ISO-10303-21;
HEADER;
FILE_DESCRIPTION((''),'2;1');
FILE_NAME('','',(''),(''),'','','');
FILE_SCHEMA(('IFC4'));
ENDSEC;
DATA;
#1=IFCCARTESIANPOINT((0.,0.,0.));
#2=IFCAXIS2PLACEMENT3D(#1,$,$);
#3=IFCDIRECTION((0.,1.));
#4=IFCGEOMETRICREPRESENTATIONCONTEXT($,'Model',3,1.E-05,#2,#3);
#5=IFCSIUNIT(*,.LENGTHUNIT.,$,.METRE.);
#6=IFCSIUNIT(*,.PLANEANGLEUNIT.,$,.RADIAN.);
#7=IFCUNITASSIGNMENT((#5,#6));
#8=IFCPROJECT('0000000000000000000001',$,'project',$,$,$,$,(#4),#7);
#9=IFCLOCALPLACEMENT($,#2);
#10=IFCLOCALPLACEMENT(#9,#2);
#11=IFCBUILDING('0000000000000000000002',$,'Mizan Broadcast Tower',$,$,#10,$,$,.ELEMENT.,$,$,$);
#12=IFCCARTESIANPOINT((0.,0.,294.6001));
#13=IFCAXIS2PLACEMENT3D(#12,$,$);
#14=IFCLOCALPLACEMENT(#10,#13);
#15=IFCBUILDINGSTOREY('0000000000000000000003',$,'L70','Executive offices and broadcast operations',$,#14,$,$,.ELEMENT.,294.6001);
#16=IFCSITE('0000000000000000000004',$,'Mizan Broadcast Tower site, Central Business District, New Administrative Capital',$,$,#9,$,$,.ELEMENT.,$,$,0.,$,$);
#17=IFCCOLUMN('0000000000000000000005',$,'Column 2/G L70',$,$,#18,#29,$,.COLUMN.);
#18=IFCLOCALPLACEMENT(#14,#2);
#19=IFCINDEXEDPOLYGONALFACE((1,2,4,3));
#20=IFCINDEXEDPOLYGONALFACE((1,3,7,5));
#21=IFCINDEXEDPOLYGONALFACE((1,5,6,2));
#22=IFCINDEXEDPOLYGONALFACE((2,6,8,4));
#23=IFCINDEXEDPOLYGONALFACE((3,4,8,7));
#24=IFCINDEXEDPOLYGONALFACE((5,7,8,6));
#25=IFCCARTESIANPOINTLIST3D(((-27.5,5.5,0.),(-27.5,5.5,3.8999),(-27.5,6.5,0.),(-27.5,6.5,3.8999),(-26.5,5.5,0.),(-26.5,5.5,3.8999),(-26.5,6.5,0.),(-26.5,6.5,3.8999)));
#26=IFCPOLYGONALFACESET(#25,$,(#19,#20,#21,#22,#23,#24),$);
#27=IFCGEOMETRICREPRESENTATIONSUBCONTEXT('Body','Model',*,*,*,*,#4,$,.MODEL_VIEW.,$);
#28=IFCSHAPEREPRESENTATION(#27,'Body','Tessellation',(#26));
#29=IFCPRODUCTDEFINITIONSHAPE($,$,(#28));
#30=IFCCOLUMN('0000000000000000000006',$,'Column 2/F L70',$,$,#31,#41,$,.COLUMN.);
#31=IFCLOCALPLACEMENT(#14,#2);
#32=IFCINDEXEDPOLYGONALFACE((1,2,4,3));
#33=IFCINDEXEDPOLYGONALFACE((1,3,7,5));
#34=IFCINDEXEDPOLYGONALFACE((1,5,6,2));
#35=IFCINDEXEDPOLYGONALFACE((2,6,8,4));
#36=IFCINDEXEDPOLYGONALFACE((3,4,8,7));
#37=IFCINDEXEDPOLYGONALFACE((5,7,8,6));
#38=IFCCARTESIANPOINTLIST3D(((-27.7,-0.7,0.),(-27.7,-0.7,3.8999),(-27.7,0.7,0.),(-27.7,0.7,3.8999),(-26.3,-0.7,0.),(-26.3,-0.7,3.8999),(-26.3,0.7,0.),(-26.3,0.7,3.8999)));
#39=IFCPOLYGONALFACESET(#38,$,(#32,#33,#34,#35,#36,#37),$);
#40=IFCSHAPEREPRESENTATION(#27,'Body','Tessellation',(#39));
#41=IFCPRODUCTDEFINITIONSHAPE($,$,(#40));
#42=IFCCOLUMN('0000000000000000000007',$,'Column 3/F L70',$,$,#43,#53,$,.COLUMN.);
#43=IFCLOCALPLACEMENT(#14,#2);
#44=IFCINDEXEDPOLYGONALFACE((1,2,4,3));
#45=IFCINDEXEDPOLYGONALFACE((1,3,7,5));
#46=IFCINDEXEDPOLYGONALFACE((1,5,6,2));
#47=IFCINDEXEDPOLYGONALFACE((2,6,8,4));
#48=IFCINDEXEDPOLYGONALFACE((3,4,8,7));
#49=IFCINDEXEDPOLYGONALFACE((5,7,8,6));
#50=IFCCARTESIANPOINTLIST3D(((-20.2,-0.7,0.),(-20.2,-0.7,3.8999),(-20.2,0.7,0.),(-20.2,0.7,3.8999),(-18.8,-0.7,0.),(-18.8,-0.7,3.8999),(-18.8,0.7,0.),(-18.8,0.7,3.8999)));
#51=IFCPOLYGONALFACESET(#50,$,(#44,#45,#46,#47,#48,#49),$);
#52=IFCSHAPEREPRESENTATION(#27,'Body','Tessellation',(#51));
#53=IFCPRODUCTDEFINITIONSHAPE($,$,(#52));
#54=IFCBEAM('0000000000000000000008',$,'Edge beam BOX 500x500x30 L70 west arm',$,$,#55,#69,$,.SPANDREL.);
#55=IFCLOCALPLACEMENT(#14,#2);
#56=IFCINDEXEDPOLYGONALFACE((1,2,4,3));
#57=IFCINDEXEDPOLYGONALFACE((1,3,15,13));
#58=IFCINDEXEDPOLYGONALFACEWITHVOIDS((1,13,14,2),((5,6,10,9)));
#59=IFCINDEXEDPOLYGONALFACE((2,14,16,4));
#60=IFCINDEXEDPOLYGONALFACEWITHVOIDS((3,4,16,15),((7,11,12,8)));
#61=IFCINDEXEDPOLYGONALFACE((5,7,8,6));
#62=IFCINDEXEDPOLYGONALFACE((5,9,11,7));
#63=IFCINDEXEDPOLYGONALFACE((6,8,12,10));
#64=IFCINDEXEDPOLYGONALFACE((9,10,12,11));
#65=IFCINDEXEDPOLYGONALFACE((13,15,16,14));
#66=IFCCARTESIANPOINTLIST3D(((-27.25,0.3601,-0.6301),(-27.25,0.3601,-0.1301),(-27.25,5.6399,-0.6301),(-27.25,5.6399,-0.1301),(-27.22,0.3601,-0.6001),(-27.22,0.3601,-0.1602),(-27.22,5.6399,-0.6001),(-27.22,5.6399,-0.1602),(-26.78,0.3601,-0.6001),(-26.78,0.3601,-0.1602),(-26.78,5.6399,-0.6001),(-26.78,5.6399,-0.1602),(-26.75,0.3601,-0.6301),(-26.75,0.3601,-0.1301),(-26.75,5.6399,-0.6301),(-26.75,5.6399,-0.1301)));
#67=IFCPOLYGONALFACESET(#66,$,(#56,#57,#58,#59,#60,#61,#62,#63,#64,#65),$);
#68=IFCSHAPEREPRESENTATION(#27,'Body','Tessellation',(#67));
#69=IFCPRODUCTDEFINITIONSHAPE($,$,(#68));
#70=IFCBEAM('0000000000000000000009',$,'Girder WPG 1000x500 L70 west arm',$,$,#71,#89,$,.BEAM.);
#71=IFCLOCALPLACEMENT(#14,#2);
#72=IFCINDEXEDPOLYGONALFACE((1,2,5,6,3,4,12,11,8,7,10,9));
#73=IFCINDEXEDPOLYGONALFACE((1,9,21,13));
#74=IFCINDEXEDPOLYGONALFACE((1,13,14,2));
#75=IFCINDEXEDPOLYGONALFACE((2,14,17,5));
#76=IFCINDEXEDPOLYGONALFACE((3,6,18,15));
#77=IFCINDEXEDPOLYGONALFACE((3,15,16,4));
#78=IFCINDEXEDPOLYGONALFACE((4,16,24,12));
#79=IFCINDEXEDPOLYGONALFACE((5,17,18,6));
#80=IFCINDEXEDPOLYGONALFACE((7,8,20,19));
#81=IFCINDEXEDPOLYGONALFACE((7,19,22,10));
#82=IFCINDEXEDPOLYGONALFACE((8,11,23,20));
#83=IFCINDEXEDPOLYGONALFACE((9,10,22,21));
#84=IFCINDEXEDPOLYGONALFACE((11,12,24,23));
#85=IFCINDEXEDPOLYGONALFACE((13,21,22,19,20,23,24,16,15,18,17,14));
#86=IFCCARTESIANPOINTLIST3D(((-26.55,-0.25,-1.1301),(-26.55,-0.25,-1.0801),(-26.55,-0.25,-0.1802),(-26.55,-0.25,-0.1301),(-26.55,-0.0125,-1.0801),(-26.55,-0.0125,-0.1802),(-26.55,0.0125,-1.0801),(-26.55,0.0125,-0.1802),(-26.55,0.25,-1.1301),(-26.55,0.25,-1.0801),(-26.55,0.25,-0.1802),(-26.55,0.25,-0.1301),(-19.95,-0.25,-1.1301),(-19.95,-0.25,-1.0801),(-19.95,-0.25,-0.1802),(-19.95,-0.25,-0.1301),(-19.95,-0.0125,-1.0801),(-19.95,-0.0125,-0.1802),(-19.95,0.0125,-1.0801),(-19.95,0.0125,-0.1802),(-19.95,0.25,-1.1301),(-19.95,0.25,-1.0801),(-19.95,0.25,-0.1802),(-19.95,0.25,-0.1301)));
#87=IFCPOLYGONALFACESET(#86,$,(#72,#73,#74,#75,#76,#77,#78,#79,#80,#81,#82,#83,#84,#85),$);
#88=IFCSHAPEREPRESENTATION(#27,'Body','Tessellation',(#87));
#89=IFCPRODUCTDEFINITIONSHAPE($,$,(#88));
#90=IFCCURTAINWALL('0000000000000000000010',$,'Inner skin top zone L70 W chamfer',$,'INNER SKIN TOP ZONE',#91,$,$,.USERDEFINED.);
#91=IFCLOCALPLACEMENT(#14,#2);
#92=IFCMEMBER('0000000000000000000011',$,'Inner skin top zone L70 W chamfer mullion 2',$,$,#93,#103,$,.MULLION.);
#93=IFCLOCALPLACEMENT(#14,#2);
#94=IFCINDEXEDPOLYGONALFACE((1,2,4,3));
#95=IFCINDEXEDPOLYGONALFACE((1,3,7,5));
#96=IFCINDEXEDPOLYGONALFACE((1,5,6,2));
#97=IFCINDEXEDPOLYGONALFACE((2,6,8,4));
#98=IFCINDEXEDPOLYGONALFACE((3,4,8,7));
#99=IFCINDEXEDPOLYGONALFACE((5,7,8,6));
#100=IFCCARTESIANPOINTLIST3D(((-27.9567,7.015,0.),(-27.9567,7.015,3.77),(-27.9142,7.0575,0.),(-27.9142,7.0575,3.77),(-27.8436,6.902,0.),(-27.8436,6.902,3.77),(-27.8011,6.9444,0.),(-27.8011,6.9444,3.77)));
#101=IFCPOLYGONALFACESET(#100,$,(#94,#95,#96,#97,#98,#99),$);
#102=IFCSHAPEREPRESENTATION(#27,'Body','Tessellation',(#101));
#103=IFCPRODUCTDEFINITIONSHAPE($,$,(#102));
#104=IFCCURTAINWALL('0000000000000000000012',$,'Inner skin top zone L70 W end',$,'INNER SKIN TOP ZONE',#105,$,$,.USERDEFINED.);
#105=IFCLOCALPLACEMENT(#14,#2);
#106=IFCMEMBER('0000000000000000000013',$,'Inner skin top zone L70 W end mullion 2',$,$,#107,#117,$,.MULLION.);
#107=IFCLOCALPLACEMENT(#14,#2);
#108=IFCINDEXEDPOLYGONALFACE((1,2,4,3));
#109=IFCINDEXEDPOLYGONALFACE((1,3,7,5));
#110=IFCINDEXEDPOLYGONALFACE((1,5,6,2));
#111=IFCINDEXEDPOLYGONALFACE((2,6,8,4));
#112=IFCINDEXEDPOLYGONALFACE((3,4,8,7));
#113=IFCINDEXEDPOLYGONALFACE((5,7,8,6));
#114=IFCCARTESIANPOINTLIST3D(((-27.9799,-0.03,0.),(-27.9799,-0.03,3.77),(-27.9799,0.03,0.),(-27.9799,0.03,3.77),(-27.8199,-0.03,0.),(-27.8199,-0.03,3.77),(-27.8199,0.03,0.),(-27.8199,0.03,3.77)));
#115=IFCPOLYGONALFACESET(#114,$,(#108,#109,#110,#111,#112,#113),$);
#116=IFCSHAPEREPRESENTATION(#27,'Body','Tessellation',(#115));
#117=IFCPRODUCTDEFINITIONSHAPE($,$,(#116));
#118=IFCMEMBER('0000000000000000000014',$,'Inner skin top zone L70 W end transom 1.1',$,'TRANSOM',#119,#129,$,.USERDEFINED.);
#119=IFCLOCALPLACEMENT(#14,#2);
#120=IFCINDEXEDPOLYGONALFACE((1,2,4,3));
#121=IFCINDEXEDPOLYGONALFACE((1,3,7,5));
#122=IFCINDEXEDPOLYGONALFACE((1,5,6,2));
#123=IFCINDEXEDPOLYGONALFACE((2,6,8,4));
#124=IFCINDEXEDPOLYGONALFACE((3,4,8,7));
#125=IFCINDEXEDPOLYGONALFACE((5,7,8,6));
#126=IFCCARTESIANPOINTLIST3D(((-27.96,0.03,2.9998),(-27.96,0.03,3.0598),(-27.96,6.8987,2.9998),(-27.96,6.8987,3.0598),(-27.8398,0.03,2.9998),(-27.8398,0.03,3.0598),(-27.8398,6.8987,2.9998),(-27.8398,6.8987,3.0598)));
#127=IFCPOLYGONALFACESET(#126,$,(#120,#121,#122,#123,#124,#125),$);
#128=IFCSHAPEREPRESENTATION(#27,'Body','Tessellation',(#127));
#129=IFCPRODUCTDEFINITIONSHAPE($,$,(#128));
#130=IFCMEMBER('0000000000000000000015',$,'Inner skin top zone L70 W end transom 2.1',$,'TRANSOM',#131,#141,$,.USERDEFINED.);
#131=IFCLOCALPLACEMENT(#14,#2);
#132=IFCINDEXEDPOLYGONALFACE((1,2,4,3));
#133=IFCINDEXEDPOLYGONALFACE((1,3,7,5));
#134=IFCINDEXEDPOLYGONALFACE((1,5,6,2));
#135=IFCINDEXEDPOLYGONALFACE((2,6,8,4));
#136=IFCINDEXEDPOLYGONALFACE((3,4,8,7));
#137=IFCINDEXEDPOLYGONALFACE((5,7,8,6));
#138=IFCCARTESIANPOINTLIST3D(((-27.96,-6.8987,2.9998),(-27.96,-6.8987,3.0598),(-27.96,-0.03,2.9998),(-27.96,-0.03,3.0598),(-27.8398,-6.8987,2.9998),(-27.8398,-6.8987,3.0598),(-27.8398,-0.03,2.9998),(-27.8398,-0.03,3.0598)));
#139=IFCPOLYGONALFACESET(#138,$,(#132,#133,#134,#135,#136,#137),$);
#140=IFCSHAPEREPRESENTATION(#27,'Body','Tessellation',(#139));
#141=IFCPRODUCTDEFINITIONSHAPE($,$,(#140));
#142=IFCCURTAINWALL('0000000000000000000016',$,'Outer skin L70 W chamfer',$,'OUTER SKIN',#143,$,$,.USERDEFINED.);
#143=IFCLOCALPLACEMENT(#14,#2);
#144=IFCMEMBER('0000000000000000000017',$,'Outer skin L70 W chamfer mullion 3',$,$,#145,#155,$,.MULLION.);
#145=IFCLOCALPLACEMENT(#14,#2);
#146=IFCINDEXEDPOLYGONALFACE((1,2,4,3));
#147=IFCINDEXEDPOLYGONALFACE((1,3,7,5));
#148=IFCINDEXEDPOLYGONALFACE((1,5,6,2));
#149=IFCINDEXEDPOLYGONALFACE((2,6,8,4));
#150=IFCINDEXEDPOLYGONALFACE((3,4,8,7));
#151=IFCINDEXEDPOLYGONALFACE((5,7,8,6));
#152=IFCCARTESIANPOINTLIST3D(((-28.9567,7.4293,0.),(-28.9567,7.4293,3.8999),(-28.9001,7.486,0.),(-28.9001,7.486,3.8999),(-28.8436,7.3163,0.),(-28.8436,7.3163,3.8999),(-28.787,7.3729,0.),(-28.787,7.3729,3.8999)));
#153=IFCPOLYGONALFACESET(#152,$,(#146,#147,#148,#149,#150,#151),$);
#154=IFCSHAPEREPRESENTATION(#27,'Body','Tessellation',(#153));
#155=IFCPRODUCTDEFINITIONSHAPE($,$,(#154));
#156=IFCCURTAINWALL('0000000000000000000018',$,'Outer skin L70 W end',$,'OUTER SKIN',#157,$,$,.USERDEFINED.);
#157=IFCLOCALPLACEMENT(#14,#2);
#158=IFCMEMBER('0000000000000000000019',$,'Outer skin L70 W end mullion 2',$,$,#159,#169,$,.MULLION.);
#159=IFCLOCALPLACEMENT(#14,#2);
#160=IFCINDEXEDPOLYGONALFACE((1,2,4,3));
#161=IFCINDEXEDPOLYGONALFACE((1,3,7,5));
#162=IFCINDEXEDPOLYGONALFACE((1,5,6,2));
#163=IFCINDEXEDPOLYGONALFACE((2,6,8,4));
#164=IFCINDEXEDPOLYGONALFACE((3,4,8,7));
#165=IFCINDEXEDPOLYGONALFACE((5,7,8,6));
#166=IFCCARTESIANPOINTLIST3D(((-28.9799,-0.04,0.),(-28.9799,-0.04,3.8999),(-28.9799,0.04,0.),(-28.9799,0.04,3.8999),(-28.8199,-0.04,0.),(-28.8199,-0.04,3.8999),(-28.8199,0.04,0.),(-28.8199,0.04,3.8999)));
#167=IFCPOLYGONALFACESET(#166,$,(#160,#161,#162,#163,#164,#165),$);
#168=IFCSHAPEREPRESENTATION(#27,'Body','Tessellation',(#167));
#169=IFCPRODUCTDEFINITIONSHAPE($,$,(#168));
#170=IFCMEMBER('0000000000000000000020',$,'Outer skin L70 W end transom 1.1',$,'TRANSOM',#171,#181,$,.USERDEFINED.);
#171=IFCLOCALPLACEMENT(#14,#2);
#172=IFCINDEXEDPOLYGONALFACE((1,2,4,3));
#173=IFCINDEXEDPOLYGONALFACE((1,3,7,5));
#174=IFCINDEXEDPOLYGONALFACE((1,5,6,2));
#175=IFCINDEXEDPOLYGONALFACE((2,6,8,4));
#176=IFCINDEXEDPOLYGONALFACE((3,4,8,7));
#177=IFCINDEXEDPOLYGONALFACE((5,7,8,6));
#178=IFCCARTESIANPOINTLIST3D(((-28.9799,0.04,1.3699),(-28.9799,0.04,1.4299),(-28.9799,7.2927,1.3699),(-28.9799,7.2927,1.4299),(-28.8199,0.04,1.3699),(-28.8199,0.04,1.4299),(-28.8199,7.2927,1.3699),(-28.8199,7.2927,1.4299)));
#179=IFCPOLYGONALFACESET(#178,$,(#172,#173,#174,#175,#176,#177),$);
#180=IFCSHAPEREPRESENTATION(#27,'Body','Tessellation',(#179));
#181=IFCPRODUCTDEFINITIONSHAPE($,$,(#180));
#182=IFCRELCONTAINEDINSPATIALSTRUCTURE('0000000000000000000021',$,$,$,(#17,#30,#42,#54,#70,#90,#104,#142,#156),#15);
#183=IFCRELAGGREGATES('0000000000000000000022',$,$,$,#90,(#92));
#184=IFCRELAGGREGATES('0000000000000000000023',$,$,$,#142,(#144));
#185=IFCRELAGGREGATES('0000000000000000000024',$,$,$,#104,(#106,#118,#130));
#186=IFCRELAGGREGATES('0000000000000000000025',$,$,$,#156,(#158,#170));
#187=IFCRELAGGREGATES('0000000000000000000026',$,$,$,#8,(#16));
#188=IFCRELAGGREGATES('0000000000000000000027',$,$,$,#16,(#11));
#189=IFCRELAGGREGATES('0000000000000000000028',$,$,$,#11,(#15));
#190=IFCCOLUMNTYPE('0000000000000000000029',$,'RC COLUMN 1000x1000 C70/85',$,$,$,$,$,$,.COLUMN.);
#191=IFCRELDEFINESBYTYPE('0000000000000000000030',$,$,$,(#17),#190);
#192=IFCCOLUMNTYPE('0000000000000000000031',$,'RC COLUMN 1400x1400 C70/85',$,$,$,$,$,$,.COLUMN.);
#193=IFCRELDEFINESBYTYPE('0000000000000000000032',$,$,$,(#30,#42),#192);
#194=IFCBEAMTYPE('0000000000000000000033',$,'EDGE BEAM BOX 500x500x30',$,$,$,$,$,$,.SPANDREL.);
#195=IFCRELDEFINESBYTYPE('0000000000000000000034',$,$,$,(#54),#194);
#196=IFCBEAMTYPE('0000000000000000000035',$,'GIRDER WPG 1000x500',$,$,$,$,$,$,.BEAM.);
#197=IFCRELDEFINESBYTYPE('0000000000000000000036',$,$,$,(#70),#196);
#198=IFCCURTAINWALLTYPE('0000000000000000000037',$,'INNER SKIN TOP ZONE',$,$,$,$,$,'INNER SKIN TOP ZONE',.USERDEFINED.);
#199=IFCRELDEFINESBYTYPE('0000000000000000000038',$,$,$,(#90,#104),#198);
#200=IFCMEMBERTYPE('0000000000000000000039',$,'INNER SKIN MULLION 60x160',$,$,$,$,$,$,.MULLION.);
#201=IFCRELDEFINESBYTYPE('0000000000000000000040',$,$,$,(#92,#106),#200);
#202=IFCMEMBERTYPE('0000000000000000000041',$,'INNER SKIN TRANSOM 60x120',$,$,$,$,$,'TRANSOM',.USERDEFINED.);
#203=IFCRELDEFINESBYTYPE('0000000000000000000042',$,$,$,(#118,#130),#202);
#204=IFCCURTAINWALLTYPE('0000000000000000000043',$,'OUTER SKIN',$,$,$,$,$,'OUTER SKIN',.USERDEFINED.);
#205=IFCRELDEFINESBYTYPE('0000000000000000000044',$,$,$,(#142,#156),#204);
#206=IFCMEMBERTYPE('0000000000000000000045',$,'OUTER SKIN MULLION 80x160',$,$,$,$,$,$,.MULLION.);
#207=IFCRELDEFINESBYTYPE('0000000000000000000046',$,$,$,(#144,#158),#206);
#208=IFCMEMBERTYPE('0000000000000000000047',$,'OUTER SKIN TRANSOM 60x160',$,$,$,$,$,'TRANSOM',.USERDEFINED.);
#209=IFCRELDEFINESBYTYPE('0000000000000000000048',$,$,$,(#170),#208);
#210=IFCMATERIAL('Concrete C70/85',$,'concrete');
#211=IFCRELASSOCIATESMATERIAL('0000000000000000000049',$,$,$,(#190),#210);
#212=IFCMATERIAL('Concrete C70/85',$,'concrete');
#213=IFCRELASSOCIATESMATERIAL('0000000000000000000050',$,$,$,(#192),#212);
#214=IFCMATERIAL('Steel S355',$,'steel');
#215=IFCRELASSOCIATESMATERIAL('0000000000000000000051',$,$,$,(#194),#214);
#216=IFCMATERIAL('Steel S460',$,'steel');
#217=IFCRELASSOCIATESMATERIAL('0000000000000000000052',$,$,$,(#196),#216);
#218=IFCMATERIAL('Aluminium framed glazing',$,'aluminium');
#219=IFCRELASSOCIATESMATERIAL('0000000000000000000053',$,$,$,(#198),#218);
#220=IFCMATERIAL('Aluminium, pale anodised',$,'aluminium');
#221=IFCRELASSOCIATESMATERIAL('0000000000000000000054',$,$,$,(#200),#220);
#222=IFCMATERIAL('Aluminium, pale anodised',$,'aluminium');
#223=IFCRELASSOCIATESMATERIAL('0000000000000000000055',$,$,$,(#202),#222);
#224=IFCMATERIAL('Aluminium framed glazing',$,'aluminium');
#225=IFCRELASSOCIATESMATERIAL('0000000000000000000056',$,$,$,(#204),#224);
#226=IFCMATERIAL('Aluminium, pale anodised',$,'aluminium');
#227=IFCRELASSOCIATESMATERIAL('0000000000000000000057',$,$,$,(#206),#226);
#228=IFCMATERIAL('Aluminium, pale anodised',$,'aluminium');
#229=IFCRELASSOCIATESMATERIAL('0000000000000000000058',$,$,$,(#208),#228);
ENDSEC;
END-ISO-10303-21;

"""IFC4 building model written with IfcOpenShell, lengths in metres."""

from ifc_helpers import new_model, si_unit, direction, frame, origin, origin_2d, place, context, subcontext, project, spatial, rectangle, hollow_rectangle, i_section, extrude, material, material_profile, profile_set, type_object, element, aggregate, save


model = new_model("IFC4")

# Units and contexts
model_context = context("Model", 3, precision=1e-05, world=origin(), true_north=direction((0.0, 1.0)))
body_context = subcontext(model_context, "Body", "Model", "MODEL_VIEW")
ifc_project = project(units=[si_unit("LENGTHUNIT", "METRE"), si_unit("PLANEANGLEUNIT", "RADIAN")], contexts=[model_context])

# Site, building, storey
site_placement = place(None, origin())
site = spatial("IfcSite", under=ifc_project, at=site_placement, Name="Mizan Broadcast Tower site, Central Business District, New Administrative Capital", CompositionType="ELEMENT", RefElevation=0.0)
building_placement = place(site_placement, origin())
building = spatial("IfcBuilding", under=site, at=building_placement, Name="Mizan Broadcast Tower", CompositionType="ELEMENT")
storey_placement = place(building_placement, frame((0.0, 0.0, 294.6001)))
storey = spatial("IfcBuildingStorey", under=building, at=storey_placement, Name="L70", Description="Executive offices and broadcast operations", CompositionType="ELEMENT", Elevation=294.6001)

# Columns
ifc_material_1 = material(Name="Concrete C70/85", Category="concrete")
ifc_material_profile_1 = material_profile(ifc_material_1, rectangle(XDim=1.0, YDim=1.0, at=origin_2d()), Name="RC 1000x1000")
ifc_profile_set_1 = profile_set([ifc_material_profile_1], Name="Concrete C70/85")
column_type_1 = type_object("IfcColumnType", Name="RC COLUMN 1000x1000 C70/85", PredefinedType="COLUMN", material=ifc_profile_set_1)
column_placement = place(storey_placement, frame((-27.0, 6.0, 0.0), z_axis=(0.0, 0.0, 1.0), x_axis=(1.0, 0.0, 0.0)))
element("IfcColumn", 1, at=column_placement, inside=storey, type_object=column_type_1, Name="Column 2/G L70", PredefinedType="COLUMN", context=body_context, shape_type="SweptSolid", body=[
    extrude(rectangle(XDim=1.0, YDim=1.0, at=origin_2d()), origin(), (0.0, 0.0, 1.0), 3.8999),
])
ifc_material_2 = material(Name="Concrete C70/85", Category="concrete")
ifc_material_profile_2 = material_profile(ifc_material_2, rectangle(XDim=1.3999, YDim=1.3999, at=origin_2d()), Name="RC 1400x1400")
ifc_profile_set_2 = profile_set([ifc_material_profile_2], Name="Concrete C70/85")
column_type_2 = type_object("IfcColumnType", Name="RC COLUMN 1400x1400 C70/85", PredefinedType="COLUMN", material=ifc_profile_set_2)
for number, where, z_axis, x_axis, name in (
    (2, (-27.0, 0.0, 0.0), (0.0, 0.0, 1.0), (1.0, 0.0, 0.0), "Column 2/F L70"),
    (3, (-19.5, 0.0, 0.0), (0.0, 0.0, 1.0), (1.0, 0.0, 0.0), "Column 3/F L70"),
):
    element("IfcColumn", number, at=place(storey_placement, frame(where, z_axis=z_axis, x_axis=x_axis)), inside=storey, type_object=column_type_2, Name=name, PredefinedType="COLUMN", context=body_context, shape_type="SweptSolid", body=[
        extrude(rectangle(XDim=1.3999, YDim=1.3999, at=origin_2d()), origin(), (0.0, 0.0, 1.0), 3.8999),
    ])

# Beams
ifc_material_3 = material(Name="Steel S355", Category="steel")
ifc_material_profile_3 = material_profile(ifc_material_3, hollow_rectangle(XDim=0.5, YDim=0.5, WallThickness=0.03, at=origin_2d()), Name="BOX 500x500x30")
ifc_profile_set_3 = profile_set([ifc_material_profile_3], Name="Steel S355")
beam_type_1 = type_object("IfcBeamType", Name="EDGE BEAM BOX 500x500x30", PredefinedType="SPANDREL", material=ifc_profile_set_3)
beam_1_placement = place(storey_placement, frame((-27.0, 5.6399, -0.3801), z_axis=(0.0, -1.0, 0.0), x_axis=(1.0, 0.0, 0.0)))
element("IfcBeam", 4, at=beam_1_placement, inside=storey, type_object=beam_type_1, Name="Edge beam BOX 500x500x30 L70 west arm", PredefinedType="SPANDREL", context=body_context, shape_type="SweptSolid", body=[
    extrude(hollow_rectangle(XDim=0.5, YDim=0.5, WallThickness=0.03, at=origin_2d()), origin(), (0.0, 0.0, 1.0), 5.2798),
])
ifc_material_4 = material(Name="Steel S460", Category="steel")
ifc_material_profile_4 = material_profile(ifc_material_4, i_section(OverallWidth=0.5, OverallDepth=1.0, WebThickness=0.0249, FlangeThickness=0.05, at=origin_2d()), Name="WPG 1000x500")
ifc_profile_set_4 = profile_set([ifc_material_profile_4], Name="Steel S460")
beam_type_2 = type_object("IfcBeamType", Name="GIRDER WPG 1000x500", PredefinedType="BEAM", material=ifc_profile_set_4)
beam_2_placement = place(storey_placement, frame((-19.95, 0.0, -0.6301), z_axis=(-1.0, 0.0, 0.0), x_axis=(0.0, -1.0, 0.0)))
element("IfcBeam", 5, at=beam_2_placement, inside=storey, type_object=beam_type_2, Name="Girder WPG 1000x500 L70 west arm", PredefinedType="BEAM", context=body_context, shape_type="SweptSolid", body=[
    extrude(i_section(OverallWidth=0.5, OverallDepth=1.0, WebThickness=0.0249, FlangeThickness=0.05, at=origin_2d()), origin(), (0.0, 0.0, 1.0), 6.6001),
])

# Curtain wall, member
ifc_material_5 = material(Name="Aluminium framed glazing", Category="aluminium")
curtain_wall_type_1 = type_object("IfcCurtainWallType", Name="INNER SKIN TOP ZONE", ElementType="INNER SKIN TOP ZONE", PredefinedType="USERDEFINED", material=ifc_material_5)
curtain_wall_1_placement = place(storey_placement, origin())
curtain_wall_1 = element("IfcCurtainWall", 6, at=curtain_wall_1_placement, inside=storey, type_object=curtain_wall_type_1, Name="Inner skin top zone L70 W chamfer", ObjectType="INNER SKIN TOP ZONE", PredefinedType="USERDEFINED")
ifc_material_6 = material(Name="Aluminium, pale anodised", Category="aluminium")
ifc_material_profile_5 = material_profile(ifc_material_6, rectangle(XDim=0.1599, YDim=0.0601, at=origin_2d()), Name="MULLION 160x60")
ifc_profile_set_5 = profile_set([ifc_material_profile_5], Name="Aluminium, pale anodised")
member_type_1 = type_object("IfcMemberType", Name="INNER SKIN MULLION 60x160", PredefinedType="MULLION", material=ifc_profile_set_5)
member_1_placement = place(storey_placement, frame((-27.8789, 6.9797, 0.0), z_axis=(0.0, 0.0, 1.0), x_axis=(0.707107, -0.707107, 0.0)))
member_1 = element("IfcMember", 7, at=member_1_placement, type_object=member_type_1, Name="Inner skin top zone L70 W chamfer mullion 2", PredefinedType="MULLION", context=body_context, shape_type="SweptSolid", body=[
    extrude(rectangle(XDim=0.1599, YDim=0.0601, at=origin_2d()), origin(), (0.0, 0.0, 1.0), 3.77),
])
aggregate(curtain_wall_1, [member_1])

# Curtain wall, members
curtain_wall_2_placement = place(storey_placement, origin())
curtain_wall_2 = element("IfcCurtainWall", 8, at=curtain_wall_2_placement, inside=storey, type_object=curtain_wall_type_1, Name="Inner skin top zone L70 W end", ObjectType="INNER SKIN TOP ZONE", PredefinedType="USERDEFINED")
member_2_placement = place(storey_placement, frame((-27.8999, 0.0, 0.0), z_axis=(0.0, 0.0, 1.0), x_axis=(1.0, 0.0, 0.0)))
member_2 = element("IfcMember", 9, at=member_2_placement, type_object=member_type_1, Name="Inner skin top zone L70 W end mullion 2", PredefinedType="MULLION", context=body_context, shape_type="SweptSolid", body=[
    extrude(rectangle(XDim=0.1599, YDim=0.0601, at=origin_2d()), origin(), (0.0, 0.0, 1.0), 3.77),
])
ifc_material_7 = material(Name="Aluminium, pale anodised", Category="aluminium")
ifc_material_profile_6 = material_profile(ifc_material_7, rectangle(XDim=0.1201, YDim=0.0601, at=origin_2d()), Name="TRANSOM 120x60")
ifc_profile_set_6 = profile_set([ifc_material_profile_6], Name="Aluminium, pale anodised")
member_type_2 = type_object("IfcMemberType", Name="INNER SKIN TRANSOM 60x120", ElementType="TRANSOM", PredefinedType="USERDEFINED", material=ifc_profile_set_6)
member_3_placement = place(storey_placement, frame((-27.8999, 6.8987, 3.0298), z_axis=(0.0, -1.0, 0.0), x_axis=(1.0, 0.0, 0.0)))
member_3 = element("IfcMember", 10, at=member_3_placement, type_object=member_type_2, Name="Inner skin top zone L70 W end transom 1.1", ObjectType="TRANSOM", PredefinedType="USERDEFINED", context=body_context, shape_type="SweptSolid", body=[
    extrude(rectangle(XDim=0.1201, YDim=0.0601, at=origin_2d()), origin(), (0.0, 0.0, 1.0), 6.8687),
])
member_4_placement = place(storey_placement, frame((-27.8999, -0.03, 3.0298), z_axis=(0.0, -1.0, 0.0), x_axis=(1.0, 0.0, 0.0)))
member_4 = element("IfcMember", 11, at=member_4_placement, type_object=member_type_2, Name="Inner skin top zone L70 W end transom 2.1", ObjectType="TRANSOM", PredefinedType="USERDEFINED", context=body_context, shape_type="SweptSolid", body=[
    extrude(rectangle(XDim=0.1201, YDim=0.0601, at=origin_2d()), origin(), (0.0, 0.0, 1.0), 6.8687),
])

# Curtain wall, member
ifc_material_8 = material(Name="Aluminium framed glazing", Category="aluminium")
curtain_wall_type_2 = type_object("IfcCurtainWallType", Name="OUTER SKIN", ElementType="OUTER SKIN", PredefinedType="USERDEFINED", material=ifc_material_8)
curtain_wall_3_placement = place(storey_placement, origin())
curtain_wall_3 = element("IfcCurtainWall", 12, at=curtain_wall_3_placement, inside=storey, type_object=curtain_wall_type_2, Name="Outer skin L70 W chamfer", ObjectType="OUTER SKIN", PredefinedType="USERDEFINED")
ifc_material_9 = material(Name="Aluminium, pale anodised", Category="aluminium")
ifc_material_profile_7 = material_profile(ifc_material_9, rectangle(XDim=0.1599, YDim=0.0801, at=origin_2d()), Name="MULLION 160x80")
ifc_profile_set_7 = profile_set([ifc_material_profile_7], Name="Aluminium, pale anodised")
member_type_3 = type_object("IfcMemberType", Name="OUTER SKIN MULLION 80x160", PredefinedType="MULLION", material=ifc_profile_set_7)
member_5_placement = place(storey_placement, frame((-28.8718, 7.4011, 0.0), z_axis=(0.0, 0.0, 1.0), x_axis=(0.707107, -0.707107, 0.0)))
member_5 = element("IfcMember", 13, at=member_5_placement, type_object=member_type_3, Name="Outer skin L70 W chamfer mullion 3", PredefinedType="MULLION", context=body_context, shape_type="SweptSolid", body=[
    extrude(rectangle(XDim=0.1599, YDim=0.0801, at=origin_2d()), origin(), (0.0, 0.0, 1.0), 3.8999),
])
aggregate(curtain_wall_3, [member_5])

# Curtain wall, members
curtain_wall_4_placement = place(storey_placement, origin())
curtain_wall_4 = element("IfcCurtainWall", 14, at=curtain_wall_4_placement, inside=storey, type_object=curtain_wall_type_2, Name="Outer skin L70 W end", ObjectType="OUTER SKIN", PredefinedType="USERDEFINED")
member_6_placement = place(storey_placement, frame((-28.8999, 0.0, 0.0), z_axis=(0.0, 0.0, 1.0), x_axis=(1.0, 0.0, 0.0)))
member_6 = element("IfcMember", 15, at=member_6_placement, type_object=member_type_3, Name="Outer skin L70 W end mullion 2", PredefinedType="MULLION", context=body_context, shape_type="SweptSolid", body=[
    extrude(rectangle(XDim=0.1599, YDim=0.0801, at=origin_2d()), origin(), (0.0, 0.0, 1.0), 3.8999),
])
ifc_material_10 = material(Name="Aluminium, pale anodised", Category="aluminium")
ifc_material_profile_8 = material_profile(ifc_material_10, rectangle(XDim=0.1599, YDim=0.0601, at=origin_2d()), Name="TRANSOM 160x60")
ifc_profile_set_8 = profile_set([ifc_material_profile_8], Name="Aluminium, pale anodised")
member_type_4 = type_object("IfcMemberType", Name="OUTER SKIN TRANSOM 60x160", ElementType="TRANSOM", PredefinedType="USERDEFINED", material=ifc_profile_set_8)
member_7_placement = place(storey_placement, frame((-28.8999, 7.2927, 1.3999), z_axis=(0.0, -1.0, 0.0), x_axis=(1.0, 0.0, 0.0)))
member_7 = element("IfcMember", 16, at=member_7_placement, type_object=member_type_4, Name="Outer skin L70 W end transom 1.1", ObjectType="TRANSOM", PredefinedType="USERDEFINED", context=body_context, shape_type="SweptSolid", body=[
    extrude(rectangle(XDim=0.1599, YDim=0.0601, at=origin_2d()), origin(), (0.0, 0.0, 1.0), 7.2527),
])

aggregate(curtain_wall_2, [member_2, member_3, member_4])
aggregate(curtain_wall_4, [member_6, member_7])

save(model, "model.ifc")
